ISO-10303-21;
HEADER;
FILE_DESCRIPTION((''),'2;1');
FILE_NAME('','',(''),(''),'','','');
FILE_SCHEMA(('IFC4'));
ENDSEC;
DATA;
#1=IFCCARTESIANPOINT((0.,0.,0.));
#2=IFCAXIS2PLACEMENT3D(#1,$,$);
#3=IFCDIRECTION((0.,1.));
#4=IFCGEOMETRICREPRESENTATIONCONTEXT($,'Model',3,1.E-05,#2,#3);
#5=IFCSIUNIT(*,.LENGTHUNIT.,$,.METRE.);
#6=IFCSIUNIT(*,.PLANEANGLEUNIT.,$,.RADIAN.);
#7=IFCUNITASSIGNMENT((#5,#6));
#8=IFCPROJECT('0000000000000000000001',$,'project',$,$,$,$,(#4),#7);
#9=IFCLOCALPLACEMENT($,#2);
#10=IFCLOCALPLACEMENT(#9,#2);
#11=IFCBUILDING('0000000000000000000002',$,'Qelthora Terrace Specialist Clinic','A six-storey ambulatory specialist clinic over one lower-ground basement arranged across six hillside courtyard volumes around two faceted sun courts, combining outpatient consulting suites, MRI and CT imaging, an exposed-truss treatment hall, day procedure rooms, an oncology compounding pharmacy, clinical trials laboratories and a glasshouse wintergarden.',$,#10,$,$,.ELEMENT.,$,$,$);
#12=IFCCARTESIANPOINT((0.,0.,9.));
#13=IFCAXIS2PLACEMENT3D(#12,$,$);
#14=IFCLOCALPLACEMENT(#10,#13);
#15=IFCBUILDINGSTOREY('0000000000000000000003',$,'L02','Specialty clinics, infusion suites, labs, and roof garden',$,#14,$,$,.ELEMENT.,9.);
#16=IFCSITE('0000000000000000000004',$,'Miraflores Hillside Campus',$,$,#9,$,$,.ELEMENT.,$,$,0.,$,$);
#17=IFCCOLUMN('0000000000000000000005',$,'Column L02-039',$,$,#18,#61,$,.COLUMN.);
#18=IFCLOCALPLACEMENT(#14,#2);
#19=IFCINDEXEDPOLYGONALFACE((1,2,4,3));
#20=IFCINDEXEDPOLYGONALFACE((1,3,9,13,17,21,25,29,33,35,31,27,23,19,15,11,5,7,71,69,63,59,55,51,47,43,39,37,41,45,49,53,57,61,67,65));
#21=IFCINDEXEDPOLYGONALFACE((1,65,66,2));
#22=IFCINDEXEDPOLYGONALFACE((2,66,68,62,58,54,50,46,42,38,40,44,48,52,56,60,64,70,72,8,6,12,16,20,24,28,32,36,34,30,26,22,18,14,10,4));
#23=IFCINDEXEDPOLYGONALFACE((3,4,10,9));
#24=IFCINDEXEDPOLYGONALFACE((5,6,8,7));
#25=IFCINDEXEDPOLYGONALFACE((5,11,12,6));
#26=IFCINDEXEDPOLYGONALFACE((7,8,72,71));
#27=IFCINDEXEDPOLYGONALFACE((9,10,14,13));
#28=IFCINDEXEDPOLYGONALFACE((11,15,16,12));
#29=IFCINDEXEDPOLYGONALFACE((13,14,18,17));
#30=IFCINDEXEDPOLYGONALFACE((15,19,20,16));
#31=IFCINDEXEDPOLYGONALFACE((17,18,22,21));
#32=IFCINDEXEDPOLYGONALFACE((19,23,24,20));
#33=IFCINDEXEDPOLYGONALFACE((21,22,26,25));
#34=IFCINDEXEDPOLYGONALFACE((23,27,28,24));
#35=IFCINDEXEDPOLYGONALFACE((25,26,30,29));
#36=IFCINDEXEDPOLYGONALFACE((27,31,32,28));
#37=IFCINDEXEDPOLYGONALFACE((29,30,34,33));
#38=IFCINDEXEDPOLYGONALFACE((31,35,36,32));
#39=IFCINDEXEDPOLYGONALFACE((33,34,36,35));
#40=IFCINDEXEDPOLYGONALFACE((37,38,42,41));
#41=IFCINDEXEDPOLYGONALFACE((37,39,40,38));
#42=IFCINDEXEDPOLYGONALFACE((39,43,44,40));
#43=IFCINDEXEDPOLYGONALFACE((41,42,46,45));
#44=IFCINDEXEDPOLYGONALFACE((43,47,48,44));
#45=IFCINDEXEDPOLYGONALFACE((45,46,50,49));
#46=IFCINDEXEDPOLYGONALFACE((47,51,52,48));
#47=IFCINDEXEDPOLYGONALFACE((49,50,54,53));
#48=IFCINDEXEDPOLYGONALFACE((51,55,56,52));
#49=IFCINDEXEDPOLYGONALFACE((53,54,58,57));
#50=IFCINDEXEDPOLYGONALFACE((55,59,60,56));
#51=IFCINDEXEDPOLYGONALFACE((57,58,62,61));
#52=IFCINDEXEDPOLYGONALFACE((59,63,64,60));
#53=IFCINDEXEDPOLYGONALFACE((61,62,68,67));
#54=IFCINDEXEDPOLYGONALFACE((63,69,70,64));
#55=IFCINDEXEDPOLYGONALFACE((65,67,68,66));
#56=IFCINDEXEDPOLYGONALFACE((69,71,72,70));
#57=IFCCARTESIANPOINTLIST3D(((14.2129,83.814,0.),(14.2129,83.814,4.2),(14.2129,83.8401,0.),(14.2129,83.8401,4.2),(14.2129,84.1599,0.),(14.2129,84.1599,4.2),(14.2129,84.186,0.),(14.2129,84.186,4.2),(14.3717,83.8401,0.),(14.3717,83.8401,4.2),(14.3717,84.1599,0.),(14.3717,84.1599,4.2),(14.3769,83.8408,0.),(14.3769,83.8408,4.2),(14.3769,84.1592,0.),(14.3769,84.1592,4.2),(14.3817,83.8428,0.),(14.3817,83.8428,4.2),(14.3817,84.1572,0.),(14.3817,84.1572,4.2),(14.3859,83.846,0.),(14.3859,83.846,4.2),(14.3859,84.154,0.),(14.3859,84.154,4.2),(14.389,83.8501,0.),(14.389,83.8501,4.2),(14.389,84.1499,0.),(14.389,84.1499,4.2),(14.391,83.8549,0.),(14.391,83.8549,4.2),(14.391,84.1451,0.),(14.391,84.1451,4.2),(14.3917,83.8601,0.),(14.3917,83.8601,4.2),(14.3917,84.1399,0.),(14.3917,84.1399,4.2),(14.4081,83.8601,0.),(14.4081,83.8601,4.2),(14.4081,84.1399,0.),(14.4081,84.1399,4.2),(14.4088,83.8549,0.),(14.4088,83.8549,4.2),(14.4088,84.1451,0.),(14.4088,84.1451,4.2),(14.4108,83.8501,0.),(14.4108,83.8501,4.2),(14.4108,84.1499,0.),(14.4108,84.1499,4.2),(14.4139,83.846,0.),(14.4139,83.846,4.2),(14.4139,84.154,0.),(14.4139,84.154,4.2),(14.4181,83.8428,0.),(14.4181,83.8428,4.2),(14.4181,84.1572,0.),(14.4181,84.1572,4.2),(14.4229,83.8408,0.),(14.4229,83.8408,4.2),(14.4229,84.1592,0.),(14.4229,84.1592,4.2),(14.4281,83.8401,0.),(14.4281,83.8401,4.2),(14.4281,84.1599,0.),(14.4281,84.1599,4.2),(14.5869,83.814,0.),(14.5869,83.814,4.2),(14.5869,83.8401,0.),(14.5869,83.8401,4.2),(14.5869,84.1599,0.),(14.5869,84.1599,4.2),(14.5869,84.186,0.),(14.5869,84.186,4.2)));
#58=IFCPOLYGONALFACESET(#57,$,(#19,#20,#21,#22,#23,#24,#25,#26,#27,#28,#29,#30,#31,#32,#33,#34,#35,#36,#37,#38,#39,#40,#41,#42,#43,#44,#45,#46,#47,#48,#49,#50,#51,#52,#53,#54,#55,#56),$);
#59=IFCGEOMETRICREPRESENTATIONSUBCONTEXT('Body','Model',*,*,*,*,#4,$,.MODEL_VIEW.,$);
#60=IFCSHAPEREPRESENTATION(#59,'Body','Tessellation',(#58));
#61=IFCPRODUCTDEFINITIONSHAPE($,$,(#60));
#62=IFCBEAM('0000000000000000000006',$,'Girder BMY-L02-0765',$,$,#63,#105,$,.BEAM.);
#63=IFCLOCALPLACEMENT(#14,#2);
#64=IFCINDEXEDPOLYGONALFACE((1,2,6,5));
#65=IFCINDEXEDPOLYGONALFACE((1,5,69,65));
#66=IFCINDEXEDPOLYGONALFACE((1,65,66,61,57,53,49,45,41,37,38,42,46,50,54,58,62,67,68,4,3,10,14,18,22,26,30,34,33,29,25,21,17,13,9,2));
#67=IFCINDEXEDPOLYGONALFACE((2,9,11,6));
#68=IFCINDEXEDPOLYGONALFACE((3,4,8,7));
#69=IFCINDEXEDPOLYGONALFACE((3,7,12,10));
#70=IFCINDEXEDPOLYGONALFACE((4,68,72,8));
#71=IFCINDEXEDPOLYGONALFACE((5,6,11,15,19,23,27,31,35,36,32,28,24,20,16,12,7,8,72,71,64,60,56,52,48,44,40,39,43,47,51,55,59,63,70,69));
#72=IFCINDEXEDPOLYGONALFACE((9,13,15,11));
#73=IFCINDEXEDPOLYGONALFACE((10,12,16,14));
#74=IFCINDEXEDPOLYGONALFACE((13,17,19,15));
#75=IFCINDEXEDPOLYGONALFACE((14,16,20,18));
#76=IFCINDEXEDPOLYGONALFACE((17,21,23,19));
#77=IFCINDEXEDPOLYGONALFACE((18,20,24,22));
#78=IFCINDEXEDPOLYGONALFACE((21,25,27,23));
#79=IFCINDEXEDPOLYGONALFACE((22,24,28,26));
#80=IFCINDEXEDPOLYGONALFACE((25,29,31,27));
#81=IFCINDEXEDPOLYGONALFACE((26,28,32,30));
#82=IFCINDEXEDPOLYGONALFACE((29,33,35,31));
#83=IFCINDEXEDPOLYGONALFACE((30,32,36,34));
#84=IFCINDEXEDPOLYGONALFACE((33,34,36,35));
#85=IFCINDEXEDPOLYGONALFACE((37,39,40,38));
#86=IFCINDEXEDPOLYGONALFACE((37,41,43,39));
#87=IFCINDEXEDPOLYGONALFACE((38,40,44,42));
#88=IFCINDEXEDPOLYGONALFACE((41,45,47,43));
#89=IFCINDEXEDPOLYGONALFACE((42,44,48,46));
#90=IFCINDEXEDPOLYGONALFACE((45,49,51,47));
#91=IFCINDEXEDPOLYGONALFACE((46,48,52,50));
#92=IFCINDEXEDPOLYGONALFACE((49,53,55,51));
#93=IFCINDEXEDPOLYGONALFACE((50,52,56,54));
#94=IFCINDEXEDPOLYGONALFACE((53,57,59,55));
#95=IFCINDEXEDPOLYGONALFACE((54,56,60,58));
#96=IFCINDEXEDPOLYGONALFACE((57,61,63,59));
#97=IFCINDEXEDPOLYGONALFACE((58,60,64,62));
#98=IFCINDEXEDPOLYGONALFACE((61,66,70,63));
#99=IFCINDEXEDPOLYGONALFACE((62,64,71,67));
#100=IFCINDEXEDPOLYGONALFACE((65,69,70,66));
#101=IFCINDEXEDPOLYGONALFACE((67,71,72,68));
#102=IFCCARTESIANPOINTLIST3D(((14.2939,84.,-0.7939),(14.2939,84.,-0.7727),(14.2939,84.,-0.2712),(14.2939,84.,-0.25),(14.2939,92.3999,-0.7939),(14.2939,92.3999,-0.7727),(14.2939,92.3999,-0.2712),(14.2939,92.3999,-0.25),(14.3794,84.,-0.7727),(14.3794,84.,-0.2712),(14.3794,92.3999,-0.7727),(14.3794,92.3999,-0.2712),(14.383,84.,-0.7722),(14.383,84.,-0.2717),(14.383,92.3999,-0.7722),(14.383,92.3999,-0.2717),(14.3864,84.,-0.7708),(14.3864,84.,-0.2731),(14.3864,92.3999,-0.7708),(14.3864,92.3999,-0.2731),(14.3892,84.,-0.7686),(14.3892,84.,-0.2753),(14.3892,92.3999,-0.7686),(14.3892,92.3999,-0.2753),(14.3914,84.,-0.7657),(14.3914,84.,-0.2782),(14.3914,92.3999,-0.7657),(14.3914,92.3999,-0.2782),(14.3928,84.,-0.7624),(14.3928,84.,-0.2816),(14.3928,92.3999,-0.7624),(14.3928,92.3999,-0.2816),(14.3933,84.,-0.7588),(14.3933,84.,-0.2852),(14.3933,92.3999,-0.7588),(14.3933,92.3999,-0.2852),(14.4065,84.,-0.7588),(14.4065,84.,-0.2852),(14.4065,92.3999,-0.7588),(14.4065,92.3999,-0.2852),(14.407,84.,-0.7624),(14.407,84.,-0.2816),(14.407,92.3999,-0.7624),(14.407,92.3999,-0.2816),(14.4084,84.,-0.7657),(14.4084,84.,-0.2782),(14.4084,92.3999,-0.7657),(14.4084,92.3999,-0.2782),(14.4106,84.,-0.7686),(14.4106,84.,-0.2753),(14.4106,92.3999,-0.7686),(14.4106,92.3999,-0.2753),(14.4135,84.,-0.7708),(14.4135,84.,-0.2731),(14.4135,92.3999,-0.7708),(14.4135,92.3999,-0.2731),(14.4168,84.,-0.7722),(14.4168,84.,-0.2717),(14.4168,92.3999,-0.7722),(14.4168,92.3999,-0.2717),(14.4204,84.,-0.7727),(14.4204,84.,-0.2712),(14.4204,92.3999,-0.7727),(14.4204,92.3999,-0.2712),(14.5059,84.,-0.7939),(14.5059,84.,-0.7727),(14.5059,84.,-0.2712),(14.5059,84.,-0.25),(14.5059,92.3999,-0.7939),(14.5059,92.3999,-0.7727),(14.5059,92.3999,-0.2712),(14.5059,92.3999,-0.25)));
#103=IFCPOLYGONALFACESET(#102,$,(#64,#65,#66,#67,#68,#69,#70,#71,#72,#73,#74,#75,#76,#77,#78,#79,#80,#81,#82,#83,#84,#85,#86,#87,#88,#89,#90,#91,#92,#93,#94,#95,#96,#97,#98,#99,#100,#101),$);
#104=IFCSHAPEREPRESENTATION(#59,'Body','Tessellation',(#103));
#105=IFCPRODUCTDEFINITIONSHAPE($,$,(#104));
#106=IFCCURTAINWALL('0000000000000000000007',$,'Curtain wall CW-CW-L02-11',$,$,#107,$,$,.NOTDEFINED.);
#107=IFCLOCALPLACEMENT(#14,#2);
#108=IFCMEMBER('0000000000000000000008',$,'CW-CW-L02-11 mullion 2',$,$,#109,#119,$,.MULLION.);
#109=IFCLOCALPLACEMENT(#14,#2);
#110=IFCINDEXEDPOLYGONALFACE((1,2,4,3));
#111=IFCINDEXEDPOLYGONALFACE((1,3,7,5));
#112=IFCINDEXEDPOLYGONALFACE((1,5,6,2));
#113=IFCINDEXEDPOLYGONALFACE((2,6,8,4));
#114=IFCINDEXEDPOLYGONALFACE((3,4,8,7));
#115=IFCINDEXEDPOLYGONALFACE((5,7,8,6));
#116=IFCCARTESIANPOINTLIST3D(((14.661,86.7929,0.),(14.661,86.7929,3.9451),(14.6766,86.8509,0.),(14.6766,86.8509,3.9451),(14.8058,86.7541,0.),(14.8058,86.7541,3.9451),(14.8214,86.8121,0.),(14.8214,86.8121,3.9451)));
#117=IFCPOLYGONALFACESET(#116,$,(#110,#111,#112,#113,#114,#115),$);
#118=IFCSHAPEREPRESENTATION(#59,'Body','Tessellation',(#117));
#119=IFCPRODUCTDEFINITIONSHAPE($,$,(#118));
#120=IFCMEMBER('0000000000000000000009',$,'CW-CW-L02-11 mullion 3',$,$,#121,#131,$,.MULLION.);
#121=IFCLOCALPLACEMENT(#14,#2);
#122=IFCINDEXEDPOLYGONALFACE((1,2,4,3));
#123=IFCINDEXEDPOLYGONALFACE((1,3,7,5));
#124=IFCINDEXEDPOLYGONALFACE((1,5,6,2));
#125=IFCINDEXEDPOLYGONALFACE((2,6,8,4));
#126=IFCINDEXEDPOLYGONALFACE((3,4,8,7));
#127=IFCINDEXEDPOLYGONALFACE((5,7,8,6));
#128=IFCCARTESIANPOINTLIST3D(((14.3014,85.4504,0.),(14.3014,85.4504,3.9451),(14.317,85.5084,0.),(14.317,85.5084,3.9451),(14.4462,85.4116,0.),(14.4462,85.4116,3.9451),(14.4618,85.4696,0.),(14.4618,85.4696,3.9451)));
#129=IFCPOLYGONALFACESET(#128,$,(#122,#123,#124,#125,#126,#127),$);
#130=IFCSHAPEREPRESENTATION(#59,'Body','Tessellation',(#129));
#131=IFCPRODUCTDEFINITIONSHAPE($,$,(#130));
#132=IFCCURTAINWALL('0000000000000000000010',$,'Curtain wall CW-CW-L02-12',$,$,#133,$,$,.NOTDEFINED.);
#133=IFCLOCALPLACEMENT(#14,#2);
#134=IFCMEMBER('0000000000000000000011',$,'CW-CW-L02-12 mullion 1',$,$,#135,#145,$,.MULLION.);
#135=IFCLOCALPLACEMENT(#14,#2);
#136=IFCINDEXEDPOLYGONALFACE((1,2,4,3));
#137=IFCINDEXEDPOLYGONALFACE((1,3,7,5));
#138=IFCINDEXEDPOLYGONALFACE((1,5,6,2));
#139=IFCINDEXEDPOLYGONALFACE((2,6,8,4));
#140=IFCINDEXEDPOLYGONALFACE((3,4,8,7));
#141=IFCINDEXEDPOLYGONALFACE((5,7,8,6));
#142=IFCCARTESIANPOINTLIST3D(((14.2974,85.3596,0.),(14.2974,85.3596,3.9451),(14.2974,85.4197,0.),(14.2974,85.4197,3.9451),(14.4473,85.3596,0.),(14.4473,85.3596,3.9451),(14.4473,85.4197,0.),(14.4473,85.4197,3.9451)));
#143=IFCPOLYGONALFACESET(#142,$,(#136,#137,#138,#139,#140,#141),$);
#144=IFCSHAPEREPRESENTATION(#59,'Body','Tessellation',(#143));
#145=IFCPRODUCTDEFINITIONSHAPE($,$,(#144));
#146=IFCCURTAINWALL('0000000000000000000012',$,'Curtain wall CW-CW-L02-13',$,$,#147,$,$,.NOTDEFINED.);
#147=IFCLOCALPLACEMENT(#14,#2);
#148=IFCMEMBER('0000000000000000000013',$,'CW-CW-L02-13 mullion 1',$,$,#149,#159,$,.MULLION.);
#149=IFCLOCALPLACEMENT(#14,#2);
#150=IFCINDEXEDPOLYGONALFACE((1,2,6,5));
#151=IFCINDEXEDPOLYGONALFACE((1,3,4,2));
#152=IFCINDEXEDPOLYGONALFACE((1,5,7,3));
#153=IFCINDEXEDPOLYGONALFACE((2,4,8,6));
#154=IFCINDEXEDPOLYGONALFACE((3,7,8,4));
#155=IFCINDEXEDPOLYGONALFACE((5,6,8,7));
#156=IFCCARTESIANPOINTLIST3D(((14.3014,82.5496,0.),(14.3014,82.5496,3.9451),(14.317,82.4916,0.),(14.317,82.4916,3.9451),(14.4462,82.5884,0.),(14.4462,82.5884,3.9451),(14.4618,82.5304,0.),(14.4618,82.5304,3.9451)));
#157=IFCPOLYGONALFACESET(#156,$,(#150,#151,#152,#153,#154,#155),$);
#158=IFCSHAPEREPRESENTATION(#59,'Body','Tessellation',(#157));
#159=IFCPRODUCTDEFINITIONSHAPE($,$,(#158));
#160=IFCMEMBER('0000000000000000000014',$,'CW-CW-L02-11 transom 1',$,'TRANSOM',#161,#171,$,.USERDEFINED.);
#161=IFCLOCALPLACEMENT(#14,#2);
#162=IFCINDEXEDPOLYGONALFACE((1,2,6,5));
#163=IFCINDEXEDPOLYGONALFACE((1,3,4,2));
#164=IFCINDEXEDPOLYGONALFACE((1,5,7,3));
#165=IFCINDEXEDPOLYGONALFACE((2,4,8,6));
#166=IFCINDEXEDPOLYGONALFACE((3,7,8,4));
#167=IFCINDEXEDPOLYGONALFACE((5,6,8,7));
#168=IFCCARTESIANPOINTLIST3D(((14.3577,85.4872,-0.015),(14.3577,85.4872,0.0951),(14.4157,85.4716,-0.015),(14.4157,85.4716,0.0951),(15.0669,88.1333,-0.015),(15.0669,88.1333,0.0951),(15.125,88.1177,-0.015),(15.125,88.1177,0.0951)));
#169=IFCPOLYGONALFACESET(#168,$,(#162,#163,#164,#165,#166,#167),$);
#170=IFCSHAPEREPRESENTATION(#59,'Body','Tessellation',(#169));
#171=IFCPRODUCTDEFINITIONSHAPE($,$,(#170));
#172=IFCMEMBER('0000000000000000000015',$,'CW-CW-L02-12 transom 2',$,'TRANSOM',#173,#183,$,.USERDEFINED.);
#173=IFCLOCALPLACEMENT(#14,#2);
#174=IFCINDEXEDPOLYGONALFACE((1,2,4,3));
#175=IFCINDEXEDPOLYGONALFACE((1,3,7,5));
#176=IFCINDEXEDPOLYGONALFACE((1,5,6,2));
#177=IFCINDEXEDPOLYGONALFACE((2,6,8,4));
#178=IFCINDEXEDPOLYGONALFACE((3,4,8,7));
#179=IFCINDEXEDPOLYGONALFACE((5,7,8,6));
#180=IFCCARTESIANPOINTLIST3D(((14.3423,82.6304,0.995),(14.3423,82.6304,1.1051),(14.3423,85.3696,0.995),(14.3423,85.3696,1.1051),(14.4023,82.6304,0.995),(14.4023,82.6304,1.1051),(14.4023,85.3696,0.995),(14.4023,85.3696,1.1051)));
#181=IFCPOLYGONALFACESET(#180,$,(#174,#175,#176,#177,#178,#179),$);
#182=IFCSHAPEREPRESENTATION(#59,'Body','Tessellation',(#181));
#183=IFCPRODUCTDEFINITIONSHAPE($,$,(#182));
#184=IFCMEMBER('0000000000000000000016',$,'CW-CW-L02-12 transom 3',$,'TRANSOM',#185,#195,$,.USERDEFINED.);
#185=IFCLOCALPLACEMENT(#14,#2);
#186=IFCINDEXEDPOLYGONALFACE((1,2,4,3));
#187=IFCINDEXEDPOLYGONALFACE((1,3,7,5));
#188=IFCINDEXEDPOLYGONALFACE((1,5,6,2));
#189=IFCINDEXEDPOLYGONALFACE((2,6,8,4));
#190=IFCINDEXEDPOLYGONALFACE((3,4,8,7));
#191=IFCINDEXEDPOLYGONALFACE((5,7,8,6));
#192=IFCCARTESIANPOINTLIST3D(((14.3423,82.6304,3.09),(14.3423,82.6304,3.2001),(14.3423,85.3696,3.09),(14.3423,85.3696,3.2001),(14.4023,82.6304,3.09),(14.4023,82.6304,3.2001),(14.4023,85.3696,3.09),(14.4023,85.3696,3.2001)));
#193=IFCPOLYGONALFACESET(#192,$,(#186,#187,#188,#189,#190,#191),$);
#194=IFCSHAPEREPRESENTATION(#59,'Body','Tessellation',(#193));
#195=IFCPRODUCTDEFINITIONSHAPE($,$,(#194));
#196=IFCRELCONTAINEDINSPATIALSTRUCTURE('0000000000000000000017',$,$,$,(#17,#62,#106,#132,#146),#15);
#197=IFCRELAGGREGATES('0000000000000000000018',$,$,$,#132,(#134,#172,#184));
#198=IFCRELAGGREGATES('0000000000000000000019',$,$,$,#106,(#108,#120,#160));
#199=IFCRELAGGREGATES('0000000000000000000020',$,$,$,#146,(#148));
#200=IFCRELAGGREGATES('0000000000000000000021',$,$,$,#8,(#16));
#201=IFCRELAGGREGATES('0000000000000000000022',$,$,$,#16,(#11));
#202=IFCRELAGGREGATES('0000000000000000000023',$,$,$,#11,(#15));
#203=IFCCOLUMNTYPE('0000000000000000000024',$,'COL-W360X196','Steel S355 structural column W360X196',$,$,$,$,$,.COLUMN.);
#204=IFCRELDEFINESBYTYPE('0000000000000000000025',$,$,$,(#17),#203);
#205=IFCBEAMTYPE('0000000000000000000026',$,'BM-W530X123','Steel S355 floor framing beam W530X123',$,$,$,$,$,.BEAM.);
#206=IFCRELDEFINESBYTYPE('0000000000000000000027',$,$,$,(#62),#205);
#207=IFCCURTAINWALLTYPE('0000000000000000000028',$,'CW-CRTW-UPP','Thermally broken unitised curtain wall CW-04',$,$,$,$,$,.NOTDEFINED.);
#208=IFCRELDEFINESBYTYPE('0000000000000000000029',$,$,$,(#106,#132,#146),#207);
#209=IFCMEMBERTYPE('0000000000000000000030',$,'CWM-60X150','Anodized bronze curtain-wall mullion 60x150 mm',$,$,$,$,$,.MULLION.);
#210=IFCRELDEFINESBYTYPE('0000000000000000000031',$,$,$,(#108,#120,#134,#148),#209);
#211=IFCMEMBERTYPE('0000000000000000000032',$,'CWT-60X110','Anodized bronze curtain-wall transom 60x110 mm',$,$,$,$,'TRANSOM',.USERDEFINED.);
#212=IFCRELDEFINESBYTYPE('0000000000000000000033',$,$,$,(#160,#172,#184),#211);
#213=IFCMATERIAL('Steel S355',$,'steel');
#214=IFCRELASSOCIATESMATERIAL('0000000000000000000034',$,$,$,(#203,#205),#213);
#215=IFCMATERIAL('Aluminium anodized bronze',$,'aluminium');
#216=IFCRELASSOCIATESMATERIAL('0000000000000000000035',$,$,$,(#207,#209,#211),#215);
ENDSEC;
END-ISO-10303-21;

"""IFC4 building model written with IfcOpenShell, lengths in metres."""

from ifc_helpers import new_model, si_unit, direction, frame, origin, origin_2d, place, context, subcontext, project, spatial, rectangle, i_section, extrude, material, material_profile, profile_set, type_object, element, aggregate, save


model = new_model("IFC4")

# Units and contexts
model_context = context("Model", 3, precision=1e-05, world=origin(), true_north=direction((0.0, 1.0)))
body_context = subcontext(model_context, "Body", "Model", "MODEL_VIEW")
ifc_project = project(units=[si_unit("LENGTHUNIT", "METRE"), si_unit("PLANEANGLEUNIT", "RADIAN")], contexts=[model_context])

# Site, building, storey
site_placement = place(None, origin())
site = spatial("IfcSite", under=ifc_project, at=site_placement, Name="Miraflores Hillside Campus", CompositionType="ELEMENT", RefElevation=0.0)
building_placement = place(site_placement, origin())
building = spatial("IfcBuilding", under=site, at=building_placement, Name="Qelthora Terrace Specialist Clinic", Description="A six-storey ambulatory specialist clinic over one lower-ground basement arranged across six hillside courtyard volumes around two faceted sun courts, combining outpatient consulting suites, MRI and CT imaging, an exposed-truss treatment hall, day procedure rooms, an oncology compounding pharmacy, clinical trials laboratories and a glasshouse wintergarden.", CompositionType="ELEMENT")
storey_placement = place(building_placement, frame((0.0, 0.0, 9.0)))
storey = spatial("IfcBuildingStorey", under=building, at=storey_placement, Name="L02", Description="Specialty clinics, infusion suites, labs, and roof garden", CompositionType="ELEMENT", Elevation=9.0)

# Column
ifc_material_1 = material(Name="Steel S355", Category="steel")
ifc_material_profile_1 = material_profile(ifc_material_1, i_section(OverallWidth=0.374, OverallDepth=0.3721, WebThickness=0.0164, FlangeThickness=0.0261, FilletRadius=0.02, at=origin_2d()), Name="W360X196")
ifc_profile_set_1 = profile_set([ifc_material_profile_1], Name="Steel S355")
column_type = type_object("IfcColumnType", Name="COL-W360X196", Description="Steel S355 structural column W360X196", PredefinedType="COLUMN", material=ifc_profile_set_1)
column_placement = place(storey_placement, frame((14.3999, 84.0, 0.0), z_axis=(0.0, 0.0, 1.0), x_axis=(1.0, 0.0, 0.0)))
element("IfcColumn", 1, at=column_placement, inside=storey, type_object=column_type, Name="Column L02-039", PredefinedType="COLUMN", context=body_context, shape_type="SweptSolid", body=[
    extrude(i_section(OverallWidth=0.374, OverallDepth=0.3721, WebThickness=0.0164, FlangeThickness=0.0261, FilletRadius=0.02, at=origin_2d()), origin(), (0.0, 0.0, 1.0), 4.2),
])

# Beam
ifc_material_profile_2 = material_profile(ifc_material_1, i_section(OverallWidth=0.2119, OverallDepth=0.5439, WebThickness=0.0132, FlangeThickness=0.0212, FilletRadius=0.0139, at=origin_2d()), Name="W530X123")
ifc_profile_set_2 = profile_set([ifc_material_profile_2], Name="Steel S355")
beam_type = type_object("IfcBeamType", Name="BM-W530X123", Description="Steel S355 floor framing beam W530X123", PredefinedType="BEAM", material=ifc_profile_set_2)
beam_placement = place(storey_placement, frame((14.3999, 84.0, -0.522), z_axis=(0.0, 1.0, 0.0), x_axis=(-1.0, 0.0, 0.0)))
element("IfcBeam", 2, at=beam_placement, inside=storey, type_object=beam_type, Name="Girder BMY-L02-0765", PredefinedType="BEAM", context=body_context, shape_type="SweptSolid", body=[
    extrude(i_section(OverallWidth=0.2119, OverallDepth=0.5439, WebThickness=0.0132, FlangeThickness=0.0212, FilletRadius=0.0139, at=origin_2d()), origin(), (0.0, 0.0, 1.0), 8.3999),
])

# Curtain wall, members
ifc_material_2 = material(Name="Aluminium anodized bronze", Category="aluminium")
curtain_wall_type = type_object("IfcCurtainWallType", Name="CW-CRTW-UPP", Description="Thermally broken unitised curtain wall CW-04", PredefinedType="NOTDEFINED", material=ifc_material_2)
curtain_wall_1_placement = place(storey_placement, origin())
curtain_wall_1 = element("IfcCurtainWall", 3, at=curtain_wall_1_placement, inside=storey, type_object=curtain_wall_type, Name="Curtain wall CW-CW-L02-11", PredefinedType="NOTDEFINED")
ifc_material_profile_3 = material_profile(ifc_material_2, rectangle(XDim=0.0601, YDim=0.1499, at=origin_2d()), Name="CWM60X150")
ifc_profile_set_3 = profile_set([ifc_material_profile_3], Name="Aluminium anodized bronze")
member_type_1 = type_object("IfcMemberType", Name="CWM-60X150", Description="Anodized bronze curtain-wall mullion 60x150 mm", PredefinedType="MULLION", material=ifc_profile_set_3)
member_1_placement = place(storey_placement, frame((14.7412, 86.8025, 0.0), z_axis=(0.0, 0.0, 1.0), x_axis=(-0.25882, -0.965925, 0.0)))
member_1 = element("IfcMember", 4, at=member_1_placement, type_object=member_type_1, Name="CW-CW-L02-11 mullion 2", PredefinedType="MULLION", context=body_context, shape_type="SweptSolid", body=[
    extrude(rectangle(XDim=0.0601, YDim=0.1499, at=origin_2d()), origin(), (0.0, 0.0, 1.0), 3.9451),
])
member_2_placement = place(storey_placement, frame((14.3816, 85.46, 0.0), z_axis=(0.0, 0.0, 1.0), x_axis=(-0.25882, -0.965925, 0.0)))
member_2 = element("IfcMember", 5, at=member_2_placement, type_object=member_type_1, Name="CW-CW-L02-11 mullion 3", PredefinedType="MULLION", context=body_context, shape_type="SweptSolid", body=[
    extrude(rectangle(XDim=0.0601, YDim=0.1499, at=origin_2d()), origin(), (0.0, 0.0, 1.0), 3.9451),
])

# Curtain walls, members
curtain_wall_2_placement = place(storey_placement, origin())
curtain_wall_2 = element("IfcCurtainWall", 6, at=curtain_wall_2_placement, inside=storey, type_object=curtain_wall_type, Name="Curtain wall CW-CW-L02-12", PredefinedType="NOTDEFINED")
member_3_placement = place(storey_placement, frame((14.3723, 85.3896, 0.0), z_axis=(0.0, 0.0, 1.0), x_axis=(0.0, -1.0, 0.0)))
member_3 = element("IfcMember", 7, at=member_3_placement, type_object=member_type_1, Name="CW-CW-L02-12 mullion 1", PredefinedType="MULLION", context=body_context, shape_type="SweptSolid", body=[
    extrude(rectangle(XDim=0.0601, YDim=0.1499, at=origin_2d()), origin(), (0.0, 0.0, 1.0), 3.9451),
])
curtain_wall_3_placement = place(storey_placement, origin())
curtain_wall_3 = element("IfcCurtainWall", 8, at=curtain_wall_3_placement, inside=storey, type_object=curtain_wall_type, Name="Curtain wall CW-CW-L02-13", PredefinedType="NOTDEFINED")
member_4_placement = place(storey_placement, frame((14.3816, 82.54, 0.0), z_axis=(0.0, 0.0, 1.0), x_axis=(0.25882, -0.965925, 0.0)))
member_4 = element("IfcMember", 9, at=member_4_placement, type_object=member_type_1, Name="CW-CW-L02-13 mullion 1", PredefinedType="MULLION", context=body_context, shape_type="SweptSolid", body=[
    extrude(rectangle(XDim=0.0601, YDim=0.1499, at=origin_2d()), origin(), (0.0, 0.0, 1.0), 3.9451),
])

# Members
ifc_material_profile_4 = material_profile(ifc_material_2, rectangle(XDim=0.0601, YDim=0.1101, at=origin_2d()), Name="CWT60X110")
ifc_profile_set_4 = profile_set([ifc_material_profile_4], Name="Aluminium anodized bronze")
member_type_2 = type_object("IfcMemberType", Name="CWT-60X110", Description="Anodized bronze curtain-wall transom 60x110 mm", ElementType="TRANSOM", PredefinedType="USERDEFINED", material=ifc_profile_set_4)
member_5_placement = place(storey_placement, frame((15.0959, 88.1255, 0.04), z_axis=(-0.258899, -0.965904, 0.0), x_axis=(0.965904, -0.258899, 0.0)))
member_5 = element("IfcMember", 10, at=member_5_placement, type_object=member_type_2, Name="CW-CW-L02-11 transom 1", ObjectType="TRANSOM", PredefinedType="USERDEFINED", context=body_context, shape_type="SweptSolid", body=[
    extrude(rectangle(XDim=0.0601, YDim=0.1101, at=origin_2d()), origin(), (0.0, 0.0, 1.0), 2.7395),
])
member_6_placement = place(storey_placement, frame((14.3723, 85.3696, 1.05), z_axis=(0.0, -1.0, 0.0), x_axis=(1.0, 0.0, 0.0)))
member_6 = element("IfcMember", 11, at=member_6_placement, type_object=member_type_2, Name="CW-CW-L02-12 transom 2", ObjectType="TRANSOM", PredefinedType="USERDEFINED", context=body_context, shape_type="SweptSolid", body=[
    extrude(rectangle(XDim=0.0601, YDim=0.1101, at=origin_2d()), origin(), (0.0, 0.0, 1.0), 2.7393),
])
member_7_placement = place(storey_placement, frame((14.3723, 85.3696, 3.145), z_axis=(0.0, -1.0, 0.0), x_axis=(1.0, 0.0, 0.0)))
member_7 = element("IfcMember", 12, at=member_7_placement, type_object=member_type_2, Name="CW-CW-L02-12 transom 3", ObjectType="TRANSOM", PredefinedType="USERDEFINED", context=body_context, shape_type="SweptSolid", body=[
    extrude(rectangle(XDim=0.0601, YDim=0.1101, at=origin_2d()), origin(), (0.0, 0.0, 1.0), 2.7393),
])
aggregate(curtain_wall_2, [member_3, member_6, member_7])

aggregate(curtain_wall_1, [member_1, member_2, member_5])
aggregate(curtain_wall_3, [member_4])

save(model, "model.ifc")
